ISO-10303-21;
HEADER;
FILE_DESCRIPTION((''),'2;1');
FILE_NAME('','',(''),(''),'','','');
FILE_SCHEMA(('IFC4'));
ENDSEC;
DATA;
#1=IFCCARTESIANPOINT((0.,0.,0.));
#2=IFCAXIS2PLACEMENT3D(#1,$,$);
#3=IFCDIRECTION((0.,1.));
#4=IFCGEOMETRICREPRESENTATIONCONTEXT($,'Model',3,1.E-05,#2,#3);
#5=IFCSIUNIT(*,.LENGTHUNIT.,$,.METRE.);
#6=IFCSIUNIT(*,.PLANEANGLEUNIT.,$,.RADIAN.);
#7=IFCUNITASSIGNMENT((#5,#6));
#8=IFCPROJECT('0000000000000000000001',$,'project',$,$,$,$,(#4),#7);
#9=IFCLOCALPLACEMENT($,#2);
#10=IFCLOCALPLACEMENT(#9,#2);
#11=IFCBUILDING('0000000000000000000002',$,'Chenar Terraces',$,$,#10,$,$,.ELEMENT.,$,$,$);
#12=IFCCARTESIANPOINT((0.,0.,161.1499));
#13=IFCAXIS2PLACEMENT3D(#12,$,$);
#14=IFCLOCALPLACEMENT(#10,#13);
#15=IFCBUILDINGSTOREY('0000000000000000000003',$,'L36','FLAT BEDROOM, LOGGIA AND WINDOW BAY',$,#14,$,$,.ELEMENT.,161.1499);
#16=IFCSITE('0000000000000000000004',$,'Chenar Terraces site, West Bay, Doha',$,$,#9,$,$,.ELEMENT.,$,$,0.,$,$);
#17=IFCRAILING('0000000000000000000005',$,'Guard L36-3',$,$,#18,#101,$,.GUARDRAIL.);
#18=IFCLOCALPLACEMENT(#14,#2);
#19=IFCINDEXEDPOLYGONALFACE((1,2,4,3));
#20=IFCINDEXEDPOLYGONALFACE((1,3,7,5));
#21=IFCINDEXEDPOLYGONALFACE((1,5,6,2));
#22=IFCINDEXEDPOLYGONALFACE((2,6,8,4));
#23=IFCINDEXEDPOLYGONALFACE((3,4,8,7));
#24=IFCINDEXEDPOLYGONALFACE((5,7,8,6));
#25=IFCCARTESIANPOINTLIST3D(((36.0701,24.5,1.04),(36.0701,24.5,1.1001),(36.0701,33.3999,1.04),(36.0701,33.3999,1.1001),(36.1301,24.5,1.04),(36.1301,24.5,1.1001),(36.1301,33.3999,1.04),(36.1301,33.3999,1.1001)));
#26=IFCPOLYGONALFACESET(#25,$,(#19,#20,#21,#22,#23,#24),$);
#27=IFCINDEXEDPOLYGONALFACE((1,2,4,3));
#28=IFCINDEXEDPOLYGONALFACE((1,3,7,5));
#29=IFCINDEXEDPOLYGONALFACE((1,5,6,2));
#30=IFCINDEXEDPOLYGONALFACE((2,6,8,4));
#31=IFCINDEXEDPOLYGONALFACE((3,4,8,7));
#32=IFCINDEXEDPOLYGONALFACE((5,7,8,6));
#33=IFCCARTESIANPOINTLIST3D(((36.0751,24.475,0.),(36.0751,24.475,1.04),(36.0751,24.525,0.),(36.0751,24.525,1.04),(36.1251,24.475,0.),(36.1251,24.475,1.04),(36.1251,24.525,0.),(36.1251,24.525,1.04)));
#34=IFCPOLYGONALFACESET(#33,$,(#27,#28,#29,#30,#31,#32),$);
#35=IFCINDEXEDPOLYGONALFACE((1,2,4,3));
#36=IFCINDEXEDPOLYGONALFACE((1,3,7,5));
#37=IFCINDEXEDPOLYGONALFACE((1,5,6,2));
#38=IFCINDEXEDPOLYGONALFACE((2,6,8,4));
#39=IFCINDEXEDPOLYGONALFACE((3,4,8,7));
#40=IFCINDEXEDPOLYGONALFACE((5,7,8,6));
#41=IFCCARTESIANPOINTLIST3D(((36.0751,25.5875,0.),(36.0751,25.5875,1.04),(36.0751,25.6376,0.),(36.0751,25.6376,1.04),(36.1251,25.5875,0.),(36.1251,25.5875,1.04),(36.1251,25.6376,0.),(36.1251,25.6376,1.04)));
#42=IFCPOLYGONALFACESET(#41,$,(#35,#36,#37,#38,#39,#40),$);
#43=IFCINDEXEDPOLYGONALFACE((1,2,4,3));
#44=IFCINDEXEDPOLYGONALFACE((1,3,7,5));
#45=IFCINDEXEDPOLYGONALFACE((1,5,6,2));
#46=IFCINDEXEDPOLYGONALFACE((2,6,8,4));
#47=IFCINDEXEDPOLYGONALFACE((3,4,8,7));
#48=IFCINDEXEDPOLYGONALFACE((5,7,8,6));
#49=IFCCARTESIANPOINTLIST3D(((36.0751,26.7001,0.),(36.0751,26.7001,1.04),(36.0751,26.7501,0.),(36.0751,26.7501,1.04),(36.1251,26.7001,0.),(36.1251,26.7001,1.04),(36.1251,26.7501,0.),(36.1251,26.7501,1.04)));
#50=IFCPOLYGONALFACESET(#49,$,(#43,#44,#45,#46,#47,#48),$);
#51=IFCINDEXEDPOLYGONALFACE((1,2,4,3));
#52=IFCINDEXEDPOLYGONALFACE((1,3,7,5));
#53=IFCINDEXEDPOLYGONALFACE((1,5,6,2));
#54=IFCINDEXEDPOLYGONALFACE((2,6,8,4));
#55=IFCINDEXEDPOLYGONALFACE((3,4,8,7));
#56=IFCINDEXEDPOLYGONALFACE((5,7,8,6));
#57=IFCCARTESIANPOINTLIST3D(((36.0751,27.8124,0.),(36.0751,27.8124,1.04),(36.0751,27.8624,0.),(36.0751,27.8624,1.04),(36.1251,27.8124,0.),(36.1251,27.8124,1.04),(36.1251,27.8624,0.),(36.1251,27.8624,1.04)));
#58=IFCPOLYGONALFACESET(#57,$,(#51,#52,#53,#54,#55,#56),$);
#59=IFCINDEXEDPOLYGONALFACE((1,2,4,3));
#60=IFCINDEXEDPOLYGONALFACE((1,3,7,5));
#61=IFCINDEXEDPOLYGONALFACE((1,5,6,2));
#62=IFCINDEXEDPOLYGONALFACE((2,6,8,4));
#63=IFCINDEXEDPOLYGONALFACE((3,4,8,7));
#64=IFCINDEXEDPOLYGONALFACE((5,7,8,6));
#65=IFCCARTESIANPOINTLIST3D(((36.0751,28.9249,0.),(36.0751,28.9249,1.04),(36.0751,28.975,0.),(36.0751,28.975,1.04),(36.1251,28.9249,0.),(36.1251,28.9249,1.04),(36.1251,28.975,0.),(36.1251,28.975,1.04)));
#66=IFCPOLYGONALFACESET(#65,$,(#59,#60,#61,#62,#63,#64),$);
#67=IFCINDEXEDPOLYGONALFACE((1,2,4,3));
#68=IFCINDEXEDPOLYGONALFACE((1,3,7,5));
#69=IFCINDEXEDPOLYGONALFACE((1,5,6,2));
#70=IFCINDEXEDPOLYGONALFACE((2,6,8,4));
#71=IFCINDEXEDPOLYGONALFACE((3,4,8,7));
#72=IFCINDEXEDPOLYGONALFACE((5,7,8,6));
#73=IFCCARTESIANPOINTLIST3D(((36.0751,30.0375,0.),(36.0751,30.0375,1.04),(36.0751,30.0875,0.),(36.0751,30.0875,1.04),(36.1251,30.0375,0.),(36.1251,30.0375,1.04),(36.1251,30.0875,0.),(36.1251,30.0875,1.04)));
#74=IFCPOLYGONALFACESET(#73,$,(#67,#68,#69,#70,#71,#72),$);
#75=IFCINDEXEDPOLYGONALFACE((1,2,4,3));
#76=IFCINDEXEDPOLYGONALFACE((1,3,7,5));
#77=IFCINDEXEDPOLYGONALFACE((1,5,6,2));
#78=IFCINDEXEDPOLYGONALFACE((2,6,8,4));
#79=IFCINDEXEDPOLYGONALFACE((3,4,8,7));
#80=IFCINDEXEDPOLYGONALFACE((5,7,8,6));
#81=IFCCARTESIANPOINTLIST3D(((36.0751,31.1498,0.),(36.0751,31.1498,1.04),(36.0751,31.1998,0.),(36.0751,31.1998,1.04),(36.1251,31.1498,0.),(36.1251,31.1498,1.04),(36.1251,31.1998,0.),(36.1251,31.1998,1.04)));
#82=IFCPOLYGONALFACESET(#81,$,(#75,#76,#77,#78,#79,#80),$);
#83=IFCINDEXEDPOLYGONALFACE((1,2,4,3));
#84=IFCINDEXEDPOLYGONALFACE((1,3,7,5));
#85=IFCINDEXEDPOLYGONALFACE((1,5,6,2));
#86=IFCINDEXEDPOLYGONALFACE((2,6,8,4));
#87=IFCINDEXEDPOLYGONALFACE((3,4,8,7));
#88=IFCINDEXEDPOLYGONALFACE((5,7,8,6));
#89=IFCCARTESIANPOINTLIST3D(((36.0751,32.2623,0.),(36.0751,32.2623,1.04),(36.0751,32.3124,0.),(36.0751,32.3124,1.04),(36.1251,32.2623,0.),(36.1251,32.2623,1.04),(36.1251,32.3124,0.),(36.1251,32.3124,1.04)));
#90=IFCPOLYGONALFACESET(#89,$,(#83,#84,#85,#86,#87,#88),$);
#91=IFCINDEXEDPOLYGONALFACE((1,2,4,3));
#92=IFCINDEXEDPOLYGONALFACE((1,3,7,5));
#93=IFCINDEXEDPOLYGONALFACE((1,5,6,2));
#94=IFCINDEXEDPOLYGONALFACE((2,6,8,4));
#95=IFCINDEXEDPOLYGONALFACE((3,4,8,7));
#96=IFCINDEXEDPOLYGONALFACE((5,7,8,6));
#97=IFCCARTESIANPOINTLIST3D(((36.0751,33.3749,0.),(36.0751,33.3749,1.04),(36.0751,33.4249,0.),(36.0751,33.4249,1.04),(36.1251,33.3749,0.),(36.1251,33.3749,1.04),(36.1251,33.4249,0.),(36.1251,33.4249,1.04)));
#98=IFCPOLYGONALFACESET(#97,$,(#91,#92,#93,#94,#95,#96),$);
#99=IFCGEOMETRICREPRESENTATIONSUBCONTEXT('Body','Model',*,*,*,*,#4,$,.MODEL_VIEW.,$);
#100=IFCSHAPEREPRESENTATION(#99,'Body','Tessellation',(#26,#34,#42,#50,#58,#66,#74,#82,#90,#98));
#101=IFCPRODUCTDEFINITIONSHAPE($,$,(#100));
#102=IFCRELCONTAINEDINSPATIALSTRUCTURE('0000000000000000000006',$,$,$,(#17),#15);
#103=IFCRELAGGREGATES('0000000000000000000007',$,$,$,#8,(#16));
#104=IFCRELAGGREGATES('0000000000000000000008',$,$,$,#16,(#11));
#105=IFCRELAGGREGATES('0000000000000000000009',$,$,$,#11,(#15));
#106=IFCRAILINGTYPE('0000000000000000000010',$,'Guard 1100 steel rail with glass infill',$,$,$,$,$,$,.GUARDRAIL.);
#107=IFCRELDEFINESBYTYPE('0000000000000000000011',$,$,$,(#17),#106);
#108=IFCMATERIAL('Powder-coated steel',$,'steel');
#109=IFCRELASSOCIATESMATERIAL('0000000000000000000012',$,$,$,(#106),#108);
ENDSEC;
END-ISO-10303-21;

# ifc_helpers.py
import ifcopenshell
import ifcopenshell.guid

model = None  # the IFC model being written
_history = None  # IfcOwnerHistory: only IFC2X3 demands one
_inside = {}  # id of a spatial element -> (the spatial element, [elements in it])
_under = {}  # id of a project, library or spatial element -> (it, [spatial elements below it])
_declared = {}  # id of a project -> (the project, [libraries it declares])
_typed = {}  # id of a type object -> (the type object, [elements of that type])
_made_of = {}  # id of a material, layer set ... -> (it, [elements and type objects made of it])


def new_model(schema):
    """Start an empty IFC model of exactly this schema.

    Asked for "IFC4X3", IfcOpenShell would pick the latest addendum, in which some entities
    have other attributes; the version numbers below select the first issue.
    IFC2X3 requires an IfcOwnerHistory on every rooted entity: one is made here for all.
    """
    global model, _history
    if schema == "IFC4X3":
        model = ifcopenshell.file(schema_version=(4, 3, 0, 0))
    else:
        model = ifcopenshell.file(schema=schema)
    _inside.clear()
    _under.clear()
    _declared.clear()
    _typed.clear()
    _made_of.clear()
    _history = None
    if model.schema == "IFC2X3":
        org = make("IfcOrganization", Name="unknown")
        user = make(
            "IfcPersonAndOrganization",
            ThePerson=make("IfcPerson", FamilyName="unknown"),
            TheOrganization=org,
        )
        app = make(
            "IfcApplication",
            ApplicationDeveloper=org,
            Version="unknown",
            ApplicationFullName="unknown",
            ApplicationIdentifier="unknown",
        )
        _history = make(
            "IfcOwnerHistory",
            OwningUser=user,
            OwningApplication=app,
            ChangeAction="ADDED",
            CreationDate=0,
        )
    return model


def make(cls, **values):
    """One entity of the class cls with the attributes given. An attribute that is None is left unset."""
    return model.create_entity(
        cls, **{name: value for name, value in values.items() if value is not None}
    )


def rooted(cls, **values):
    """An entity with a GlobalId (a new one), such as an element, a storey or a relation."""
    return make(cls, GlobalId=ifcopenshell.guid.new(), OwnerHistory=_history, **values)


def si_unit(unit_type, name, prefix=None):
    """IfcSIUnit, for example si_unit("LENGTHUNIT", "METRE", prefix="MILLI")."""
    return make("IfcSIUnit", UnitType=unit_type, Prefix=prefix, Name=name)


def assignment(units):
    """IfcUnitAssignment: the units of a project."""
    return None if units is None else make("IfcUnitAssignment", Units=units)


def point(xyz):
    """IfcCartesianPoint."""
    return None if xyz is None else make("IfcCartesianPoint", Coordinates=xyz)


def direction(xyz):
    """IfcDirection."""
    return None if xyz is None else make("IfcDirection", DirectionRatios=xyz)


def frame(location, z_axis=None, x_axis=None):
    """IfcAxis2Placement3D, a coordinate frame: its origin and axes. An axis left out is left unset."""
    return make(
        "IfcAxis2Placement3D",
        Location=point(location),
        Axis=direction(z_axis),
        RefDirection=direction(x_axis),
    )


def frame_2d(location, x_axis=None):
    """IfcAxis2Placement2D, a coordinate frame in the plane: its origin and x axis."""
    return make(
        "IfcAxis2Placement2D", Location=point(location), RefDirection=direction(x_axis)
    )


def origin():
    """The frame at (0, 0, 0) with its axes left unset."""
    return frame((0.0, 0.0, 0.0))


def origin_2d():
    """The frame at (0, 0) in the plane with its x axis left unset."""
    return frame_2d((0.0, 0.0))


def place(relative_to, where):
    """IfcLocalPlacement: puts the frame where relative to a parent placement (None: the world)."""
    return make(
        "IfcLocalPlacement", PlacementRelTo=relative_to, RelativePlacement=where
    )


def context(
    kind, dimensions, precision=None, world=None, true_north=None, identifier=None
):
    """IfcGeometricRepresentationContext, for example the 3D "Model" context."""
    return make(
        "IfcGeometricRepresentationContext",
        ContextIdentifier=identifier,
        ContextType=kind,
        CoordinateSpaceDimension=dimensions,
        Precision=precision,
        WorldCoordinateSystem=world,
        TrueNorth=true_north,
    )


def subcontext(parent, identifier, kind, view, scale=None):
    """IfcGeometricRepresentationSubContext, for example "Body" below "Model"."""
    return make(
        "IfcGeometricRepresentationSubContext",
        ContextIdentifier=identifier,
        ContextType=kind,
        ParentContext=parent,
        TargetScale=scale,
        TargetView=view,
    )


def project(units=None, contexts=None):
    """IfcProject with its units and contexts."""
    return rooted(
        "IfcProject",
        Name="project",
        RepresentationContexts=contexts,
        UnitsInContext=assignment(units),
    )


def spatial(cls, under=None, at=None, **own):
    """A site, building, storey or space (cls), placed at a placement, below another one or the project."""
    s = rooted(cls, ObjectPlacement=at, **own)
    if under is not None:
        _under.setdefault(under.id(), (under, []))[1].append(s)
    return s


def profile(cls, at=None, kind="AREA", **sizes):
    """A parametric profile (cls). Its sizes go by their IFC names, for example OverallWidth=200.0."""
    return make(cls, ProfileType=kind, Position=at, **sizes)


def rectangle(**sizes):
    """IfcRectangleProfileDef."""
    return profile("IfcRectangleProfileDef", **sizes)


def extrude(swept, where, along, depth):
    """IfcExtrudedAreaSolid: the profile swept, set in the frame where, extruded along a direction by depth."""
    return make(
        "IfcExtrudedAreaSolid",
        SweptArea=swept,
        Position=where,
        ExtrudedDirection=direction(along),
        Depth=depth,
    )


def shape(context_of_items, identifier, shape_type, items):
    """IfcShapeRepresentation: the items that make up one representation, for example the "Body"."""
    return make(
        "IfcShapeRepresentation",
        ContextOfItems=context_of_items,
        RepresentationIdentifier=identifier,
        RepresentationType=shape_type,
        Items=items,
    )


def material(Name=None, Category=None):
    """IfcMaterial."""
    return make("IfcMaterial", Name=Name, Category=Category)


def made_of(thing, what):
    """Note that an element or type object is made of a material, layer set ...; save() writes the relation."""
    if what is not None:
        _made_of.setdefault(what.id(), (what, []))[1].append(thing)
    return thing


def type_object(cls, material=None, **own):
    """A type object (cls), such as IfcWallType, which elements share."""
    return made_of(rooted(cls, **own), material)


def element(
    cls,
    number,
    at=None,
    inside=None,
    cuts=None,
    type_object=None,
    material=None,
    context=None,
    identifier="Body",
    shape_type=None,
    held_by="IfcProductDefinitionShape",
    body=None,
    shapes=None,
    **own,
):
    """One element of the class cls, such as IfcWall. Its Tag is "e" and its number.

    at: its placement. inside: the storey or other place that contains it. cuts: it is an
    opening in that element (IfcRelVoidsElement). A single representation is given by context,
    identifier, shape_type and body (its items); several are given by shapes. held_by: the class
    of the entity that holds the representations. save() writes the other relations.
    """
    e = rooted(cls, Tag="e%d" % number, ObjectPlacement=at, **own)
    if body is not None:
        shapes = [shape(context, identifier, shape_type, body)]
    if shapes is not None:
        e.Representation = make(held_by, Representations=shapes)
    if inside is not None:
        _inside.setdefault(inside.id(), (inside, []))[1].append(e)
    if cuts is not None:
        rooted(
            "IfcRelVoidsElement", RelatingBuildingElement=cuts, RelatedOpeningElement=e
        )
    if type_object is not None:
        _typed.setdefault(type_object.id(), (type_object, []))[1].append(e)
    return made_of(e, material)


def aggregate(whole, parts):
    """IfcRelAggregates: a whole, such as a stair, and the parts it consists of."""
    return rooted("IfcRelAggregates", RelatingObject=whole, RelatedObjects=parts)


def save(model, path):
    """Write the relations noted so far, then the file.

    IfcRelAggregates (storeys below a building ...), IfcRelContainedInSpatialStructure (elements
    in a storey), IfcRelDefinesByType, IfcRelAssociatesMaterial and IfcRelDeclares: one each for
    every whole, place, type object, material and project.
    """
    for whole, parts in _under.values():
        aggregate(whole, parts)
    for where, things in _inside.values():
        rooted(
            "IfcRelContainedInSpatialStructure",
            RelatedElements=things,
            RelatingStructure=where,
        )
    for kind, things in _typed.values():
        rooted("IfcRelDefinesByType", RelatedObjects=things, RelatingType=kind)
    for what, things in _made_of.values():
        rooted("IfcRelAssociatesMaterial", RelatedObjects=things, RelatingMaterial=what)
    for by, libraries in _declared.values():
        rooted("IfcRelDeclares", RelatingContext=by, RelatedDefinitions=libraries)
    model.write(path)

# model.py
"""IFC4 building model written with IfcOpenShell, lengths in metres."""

from ifc_helpers import new_model, si_unit, direction, frame, origin, origin_2d, place, context, subcontext, project, spatial, rectangle, extrude, material, type_object, element, save


model = new_model("IFC4")

# Units and contexts
model_context = context("Model", 3, precision=1e-05, world=origin(), true_north=direction((0.0, 1.0)))
body_context = subcontext(model_context, "Body", "Model", "MODEL_VIEW")
ifc_project = project(units=[si_unit("LENGTHUNIT", "METRE"), si_unit("PLANEANGLEUNIT", "RADIAN")], contexts=[model_context])

# Site, building, storey
site_placement = place(None, origin())
site = spatial("IfcSite", under=ifc_project, at=site_placement, Name="Chenar Terraces site, West Bay, Doha", CompositionType="ELEMENT", RefElevation=0.0)
building_placement = place(site_placement, origin())
building = spatial("IfcBuilding", under=site, at=building_placement, Name="Chenar Terraces", CompositionType="ELEMENT")
storey_placement = place(building_placement, frame((0.0, 0.0, 161.1499)))
storey = spatial("IfcBuildingStorey", under=building, at=storey_placement, Name="L36", Description="FLAT BEDROOM, LOGGIA AND WINDOW BAY", CompositionType="ELEMENT", Elevation=161.1499)

# Railing
ifc_material_1 = material(Name="Powder-coated steel", Category="steel")
railing_type = type_object("IfcRailingType", Name="Guard 1100 steel rail with glass infill", PredefinedType="GUARDRAIL", material=ifc_material_1)
railing_placement = place(storey_placement, frame((36.1001, 24.5, 0.0)))
element("IfcRailing", 1, at=railing_placement, inside=storey, type_object=railing_type, Name="Guard L36-3", PredefinedType="GUARDRAIL", context=body_context, shape_type="SweptSolid", body=[
    extrude(rectangle(XDim=0.0601, YDim=0.0601, at=origin_2d()), frame((0.0, 0.0, 1.0701), z_axis=(0.0, 1.0, 0.0), x_axis=(-1.0, 0.0, 0.0)), (0.0, 0.0, 1.0), 8.8999),
    extrude(rectangle(XDim=0.05, YDim=0.05, at=origin_2d()), origin(), (0.0, 0.0, 1.0), 1.04),
    extrude(rectangle(XDim=0.05, YDim=0.05, at=origin_2d()), frame((0.0, 1.1125, 0.0)), (0.0, 0.0, 1.0), 1.04),
    extrude(rectangle(XDim=0.05, YDim=0.05, at=origin_2d()), frame((0.0, 2.2251, 0.0)), (0.0, 0.0, 1.0), 1.04),
    extrude(rectangle(XDim=0.05, YDim=0.05, at=origin_2d()), frame((0.0, 3.3374, 0.0)), (0.0, 0.0, 1.0), 1.04),
    extrude(rectangle(XDim=0.05, YDim=0.05, at=origin_2d()), frame((0.0, 4.45, 0.0)), (0.0, 0.0, 1.0), 1.04),
    extrude(rectangle(XDim=0.05, YDim=0.05, at=origin_2d()), frame((0.0, 5.5625, 0.0)), (0.0, 0.0, 1.0), 1.04),
    extrude(rectangle(XDim=0.05, YDim=0.05, at=origin_2d()), frame((0.0, 6.6748, 0.0)), (0.0, 0.0, 1.0), 1.04),
    extrude(rectangle(XDim=0.05, YDim=0.05, at=origin_2d()), frame((0.0, 7.7874, 0.0)), (0.0, 0.0, 1.0), 1.04),
    extrude(rectangle(XDim=0.05, YDim=0.05, at=origin_2d()), frame((0.0, 8.8999, 0.0)), (0.0, 0.0, 1.0), 1.04),
])

save(model, "model.ifc")
